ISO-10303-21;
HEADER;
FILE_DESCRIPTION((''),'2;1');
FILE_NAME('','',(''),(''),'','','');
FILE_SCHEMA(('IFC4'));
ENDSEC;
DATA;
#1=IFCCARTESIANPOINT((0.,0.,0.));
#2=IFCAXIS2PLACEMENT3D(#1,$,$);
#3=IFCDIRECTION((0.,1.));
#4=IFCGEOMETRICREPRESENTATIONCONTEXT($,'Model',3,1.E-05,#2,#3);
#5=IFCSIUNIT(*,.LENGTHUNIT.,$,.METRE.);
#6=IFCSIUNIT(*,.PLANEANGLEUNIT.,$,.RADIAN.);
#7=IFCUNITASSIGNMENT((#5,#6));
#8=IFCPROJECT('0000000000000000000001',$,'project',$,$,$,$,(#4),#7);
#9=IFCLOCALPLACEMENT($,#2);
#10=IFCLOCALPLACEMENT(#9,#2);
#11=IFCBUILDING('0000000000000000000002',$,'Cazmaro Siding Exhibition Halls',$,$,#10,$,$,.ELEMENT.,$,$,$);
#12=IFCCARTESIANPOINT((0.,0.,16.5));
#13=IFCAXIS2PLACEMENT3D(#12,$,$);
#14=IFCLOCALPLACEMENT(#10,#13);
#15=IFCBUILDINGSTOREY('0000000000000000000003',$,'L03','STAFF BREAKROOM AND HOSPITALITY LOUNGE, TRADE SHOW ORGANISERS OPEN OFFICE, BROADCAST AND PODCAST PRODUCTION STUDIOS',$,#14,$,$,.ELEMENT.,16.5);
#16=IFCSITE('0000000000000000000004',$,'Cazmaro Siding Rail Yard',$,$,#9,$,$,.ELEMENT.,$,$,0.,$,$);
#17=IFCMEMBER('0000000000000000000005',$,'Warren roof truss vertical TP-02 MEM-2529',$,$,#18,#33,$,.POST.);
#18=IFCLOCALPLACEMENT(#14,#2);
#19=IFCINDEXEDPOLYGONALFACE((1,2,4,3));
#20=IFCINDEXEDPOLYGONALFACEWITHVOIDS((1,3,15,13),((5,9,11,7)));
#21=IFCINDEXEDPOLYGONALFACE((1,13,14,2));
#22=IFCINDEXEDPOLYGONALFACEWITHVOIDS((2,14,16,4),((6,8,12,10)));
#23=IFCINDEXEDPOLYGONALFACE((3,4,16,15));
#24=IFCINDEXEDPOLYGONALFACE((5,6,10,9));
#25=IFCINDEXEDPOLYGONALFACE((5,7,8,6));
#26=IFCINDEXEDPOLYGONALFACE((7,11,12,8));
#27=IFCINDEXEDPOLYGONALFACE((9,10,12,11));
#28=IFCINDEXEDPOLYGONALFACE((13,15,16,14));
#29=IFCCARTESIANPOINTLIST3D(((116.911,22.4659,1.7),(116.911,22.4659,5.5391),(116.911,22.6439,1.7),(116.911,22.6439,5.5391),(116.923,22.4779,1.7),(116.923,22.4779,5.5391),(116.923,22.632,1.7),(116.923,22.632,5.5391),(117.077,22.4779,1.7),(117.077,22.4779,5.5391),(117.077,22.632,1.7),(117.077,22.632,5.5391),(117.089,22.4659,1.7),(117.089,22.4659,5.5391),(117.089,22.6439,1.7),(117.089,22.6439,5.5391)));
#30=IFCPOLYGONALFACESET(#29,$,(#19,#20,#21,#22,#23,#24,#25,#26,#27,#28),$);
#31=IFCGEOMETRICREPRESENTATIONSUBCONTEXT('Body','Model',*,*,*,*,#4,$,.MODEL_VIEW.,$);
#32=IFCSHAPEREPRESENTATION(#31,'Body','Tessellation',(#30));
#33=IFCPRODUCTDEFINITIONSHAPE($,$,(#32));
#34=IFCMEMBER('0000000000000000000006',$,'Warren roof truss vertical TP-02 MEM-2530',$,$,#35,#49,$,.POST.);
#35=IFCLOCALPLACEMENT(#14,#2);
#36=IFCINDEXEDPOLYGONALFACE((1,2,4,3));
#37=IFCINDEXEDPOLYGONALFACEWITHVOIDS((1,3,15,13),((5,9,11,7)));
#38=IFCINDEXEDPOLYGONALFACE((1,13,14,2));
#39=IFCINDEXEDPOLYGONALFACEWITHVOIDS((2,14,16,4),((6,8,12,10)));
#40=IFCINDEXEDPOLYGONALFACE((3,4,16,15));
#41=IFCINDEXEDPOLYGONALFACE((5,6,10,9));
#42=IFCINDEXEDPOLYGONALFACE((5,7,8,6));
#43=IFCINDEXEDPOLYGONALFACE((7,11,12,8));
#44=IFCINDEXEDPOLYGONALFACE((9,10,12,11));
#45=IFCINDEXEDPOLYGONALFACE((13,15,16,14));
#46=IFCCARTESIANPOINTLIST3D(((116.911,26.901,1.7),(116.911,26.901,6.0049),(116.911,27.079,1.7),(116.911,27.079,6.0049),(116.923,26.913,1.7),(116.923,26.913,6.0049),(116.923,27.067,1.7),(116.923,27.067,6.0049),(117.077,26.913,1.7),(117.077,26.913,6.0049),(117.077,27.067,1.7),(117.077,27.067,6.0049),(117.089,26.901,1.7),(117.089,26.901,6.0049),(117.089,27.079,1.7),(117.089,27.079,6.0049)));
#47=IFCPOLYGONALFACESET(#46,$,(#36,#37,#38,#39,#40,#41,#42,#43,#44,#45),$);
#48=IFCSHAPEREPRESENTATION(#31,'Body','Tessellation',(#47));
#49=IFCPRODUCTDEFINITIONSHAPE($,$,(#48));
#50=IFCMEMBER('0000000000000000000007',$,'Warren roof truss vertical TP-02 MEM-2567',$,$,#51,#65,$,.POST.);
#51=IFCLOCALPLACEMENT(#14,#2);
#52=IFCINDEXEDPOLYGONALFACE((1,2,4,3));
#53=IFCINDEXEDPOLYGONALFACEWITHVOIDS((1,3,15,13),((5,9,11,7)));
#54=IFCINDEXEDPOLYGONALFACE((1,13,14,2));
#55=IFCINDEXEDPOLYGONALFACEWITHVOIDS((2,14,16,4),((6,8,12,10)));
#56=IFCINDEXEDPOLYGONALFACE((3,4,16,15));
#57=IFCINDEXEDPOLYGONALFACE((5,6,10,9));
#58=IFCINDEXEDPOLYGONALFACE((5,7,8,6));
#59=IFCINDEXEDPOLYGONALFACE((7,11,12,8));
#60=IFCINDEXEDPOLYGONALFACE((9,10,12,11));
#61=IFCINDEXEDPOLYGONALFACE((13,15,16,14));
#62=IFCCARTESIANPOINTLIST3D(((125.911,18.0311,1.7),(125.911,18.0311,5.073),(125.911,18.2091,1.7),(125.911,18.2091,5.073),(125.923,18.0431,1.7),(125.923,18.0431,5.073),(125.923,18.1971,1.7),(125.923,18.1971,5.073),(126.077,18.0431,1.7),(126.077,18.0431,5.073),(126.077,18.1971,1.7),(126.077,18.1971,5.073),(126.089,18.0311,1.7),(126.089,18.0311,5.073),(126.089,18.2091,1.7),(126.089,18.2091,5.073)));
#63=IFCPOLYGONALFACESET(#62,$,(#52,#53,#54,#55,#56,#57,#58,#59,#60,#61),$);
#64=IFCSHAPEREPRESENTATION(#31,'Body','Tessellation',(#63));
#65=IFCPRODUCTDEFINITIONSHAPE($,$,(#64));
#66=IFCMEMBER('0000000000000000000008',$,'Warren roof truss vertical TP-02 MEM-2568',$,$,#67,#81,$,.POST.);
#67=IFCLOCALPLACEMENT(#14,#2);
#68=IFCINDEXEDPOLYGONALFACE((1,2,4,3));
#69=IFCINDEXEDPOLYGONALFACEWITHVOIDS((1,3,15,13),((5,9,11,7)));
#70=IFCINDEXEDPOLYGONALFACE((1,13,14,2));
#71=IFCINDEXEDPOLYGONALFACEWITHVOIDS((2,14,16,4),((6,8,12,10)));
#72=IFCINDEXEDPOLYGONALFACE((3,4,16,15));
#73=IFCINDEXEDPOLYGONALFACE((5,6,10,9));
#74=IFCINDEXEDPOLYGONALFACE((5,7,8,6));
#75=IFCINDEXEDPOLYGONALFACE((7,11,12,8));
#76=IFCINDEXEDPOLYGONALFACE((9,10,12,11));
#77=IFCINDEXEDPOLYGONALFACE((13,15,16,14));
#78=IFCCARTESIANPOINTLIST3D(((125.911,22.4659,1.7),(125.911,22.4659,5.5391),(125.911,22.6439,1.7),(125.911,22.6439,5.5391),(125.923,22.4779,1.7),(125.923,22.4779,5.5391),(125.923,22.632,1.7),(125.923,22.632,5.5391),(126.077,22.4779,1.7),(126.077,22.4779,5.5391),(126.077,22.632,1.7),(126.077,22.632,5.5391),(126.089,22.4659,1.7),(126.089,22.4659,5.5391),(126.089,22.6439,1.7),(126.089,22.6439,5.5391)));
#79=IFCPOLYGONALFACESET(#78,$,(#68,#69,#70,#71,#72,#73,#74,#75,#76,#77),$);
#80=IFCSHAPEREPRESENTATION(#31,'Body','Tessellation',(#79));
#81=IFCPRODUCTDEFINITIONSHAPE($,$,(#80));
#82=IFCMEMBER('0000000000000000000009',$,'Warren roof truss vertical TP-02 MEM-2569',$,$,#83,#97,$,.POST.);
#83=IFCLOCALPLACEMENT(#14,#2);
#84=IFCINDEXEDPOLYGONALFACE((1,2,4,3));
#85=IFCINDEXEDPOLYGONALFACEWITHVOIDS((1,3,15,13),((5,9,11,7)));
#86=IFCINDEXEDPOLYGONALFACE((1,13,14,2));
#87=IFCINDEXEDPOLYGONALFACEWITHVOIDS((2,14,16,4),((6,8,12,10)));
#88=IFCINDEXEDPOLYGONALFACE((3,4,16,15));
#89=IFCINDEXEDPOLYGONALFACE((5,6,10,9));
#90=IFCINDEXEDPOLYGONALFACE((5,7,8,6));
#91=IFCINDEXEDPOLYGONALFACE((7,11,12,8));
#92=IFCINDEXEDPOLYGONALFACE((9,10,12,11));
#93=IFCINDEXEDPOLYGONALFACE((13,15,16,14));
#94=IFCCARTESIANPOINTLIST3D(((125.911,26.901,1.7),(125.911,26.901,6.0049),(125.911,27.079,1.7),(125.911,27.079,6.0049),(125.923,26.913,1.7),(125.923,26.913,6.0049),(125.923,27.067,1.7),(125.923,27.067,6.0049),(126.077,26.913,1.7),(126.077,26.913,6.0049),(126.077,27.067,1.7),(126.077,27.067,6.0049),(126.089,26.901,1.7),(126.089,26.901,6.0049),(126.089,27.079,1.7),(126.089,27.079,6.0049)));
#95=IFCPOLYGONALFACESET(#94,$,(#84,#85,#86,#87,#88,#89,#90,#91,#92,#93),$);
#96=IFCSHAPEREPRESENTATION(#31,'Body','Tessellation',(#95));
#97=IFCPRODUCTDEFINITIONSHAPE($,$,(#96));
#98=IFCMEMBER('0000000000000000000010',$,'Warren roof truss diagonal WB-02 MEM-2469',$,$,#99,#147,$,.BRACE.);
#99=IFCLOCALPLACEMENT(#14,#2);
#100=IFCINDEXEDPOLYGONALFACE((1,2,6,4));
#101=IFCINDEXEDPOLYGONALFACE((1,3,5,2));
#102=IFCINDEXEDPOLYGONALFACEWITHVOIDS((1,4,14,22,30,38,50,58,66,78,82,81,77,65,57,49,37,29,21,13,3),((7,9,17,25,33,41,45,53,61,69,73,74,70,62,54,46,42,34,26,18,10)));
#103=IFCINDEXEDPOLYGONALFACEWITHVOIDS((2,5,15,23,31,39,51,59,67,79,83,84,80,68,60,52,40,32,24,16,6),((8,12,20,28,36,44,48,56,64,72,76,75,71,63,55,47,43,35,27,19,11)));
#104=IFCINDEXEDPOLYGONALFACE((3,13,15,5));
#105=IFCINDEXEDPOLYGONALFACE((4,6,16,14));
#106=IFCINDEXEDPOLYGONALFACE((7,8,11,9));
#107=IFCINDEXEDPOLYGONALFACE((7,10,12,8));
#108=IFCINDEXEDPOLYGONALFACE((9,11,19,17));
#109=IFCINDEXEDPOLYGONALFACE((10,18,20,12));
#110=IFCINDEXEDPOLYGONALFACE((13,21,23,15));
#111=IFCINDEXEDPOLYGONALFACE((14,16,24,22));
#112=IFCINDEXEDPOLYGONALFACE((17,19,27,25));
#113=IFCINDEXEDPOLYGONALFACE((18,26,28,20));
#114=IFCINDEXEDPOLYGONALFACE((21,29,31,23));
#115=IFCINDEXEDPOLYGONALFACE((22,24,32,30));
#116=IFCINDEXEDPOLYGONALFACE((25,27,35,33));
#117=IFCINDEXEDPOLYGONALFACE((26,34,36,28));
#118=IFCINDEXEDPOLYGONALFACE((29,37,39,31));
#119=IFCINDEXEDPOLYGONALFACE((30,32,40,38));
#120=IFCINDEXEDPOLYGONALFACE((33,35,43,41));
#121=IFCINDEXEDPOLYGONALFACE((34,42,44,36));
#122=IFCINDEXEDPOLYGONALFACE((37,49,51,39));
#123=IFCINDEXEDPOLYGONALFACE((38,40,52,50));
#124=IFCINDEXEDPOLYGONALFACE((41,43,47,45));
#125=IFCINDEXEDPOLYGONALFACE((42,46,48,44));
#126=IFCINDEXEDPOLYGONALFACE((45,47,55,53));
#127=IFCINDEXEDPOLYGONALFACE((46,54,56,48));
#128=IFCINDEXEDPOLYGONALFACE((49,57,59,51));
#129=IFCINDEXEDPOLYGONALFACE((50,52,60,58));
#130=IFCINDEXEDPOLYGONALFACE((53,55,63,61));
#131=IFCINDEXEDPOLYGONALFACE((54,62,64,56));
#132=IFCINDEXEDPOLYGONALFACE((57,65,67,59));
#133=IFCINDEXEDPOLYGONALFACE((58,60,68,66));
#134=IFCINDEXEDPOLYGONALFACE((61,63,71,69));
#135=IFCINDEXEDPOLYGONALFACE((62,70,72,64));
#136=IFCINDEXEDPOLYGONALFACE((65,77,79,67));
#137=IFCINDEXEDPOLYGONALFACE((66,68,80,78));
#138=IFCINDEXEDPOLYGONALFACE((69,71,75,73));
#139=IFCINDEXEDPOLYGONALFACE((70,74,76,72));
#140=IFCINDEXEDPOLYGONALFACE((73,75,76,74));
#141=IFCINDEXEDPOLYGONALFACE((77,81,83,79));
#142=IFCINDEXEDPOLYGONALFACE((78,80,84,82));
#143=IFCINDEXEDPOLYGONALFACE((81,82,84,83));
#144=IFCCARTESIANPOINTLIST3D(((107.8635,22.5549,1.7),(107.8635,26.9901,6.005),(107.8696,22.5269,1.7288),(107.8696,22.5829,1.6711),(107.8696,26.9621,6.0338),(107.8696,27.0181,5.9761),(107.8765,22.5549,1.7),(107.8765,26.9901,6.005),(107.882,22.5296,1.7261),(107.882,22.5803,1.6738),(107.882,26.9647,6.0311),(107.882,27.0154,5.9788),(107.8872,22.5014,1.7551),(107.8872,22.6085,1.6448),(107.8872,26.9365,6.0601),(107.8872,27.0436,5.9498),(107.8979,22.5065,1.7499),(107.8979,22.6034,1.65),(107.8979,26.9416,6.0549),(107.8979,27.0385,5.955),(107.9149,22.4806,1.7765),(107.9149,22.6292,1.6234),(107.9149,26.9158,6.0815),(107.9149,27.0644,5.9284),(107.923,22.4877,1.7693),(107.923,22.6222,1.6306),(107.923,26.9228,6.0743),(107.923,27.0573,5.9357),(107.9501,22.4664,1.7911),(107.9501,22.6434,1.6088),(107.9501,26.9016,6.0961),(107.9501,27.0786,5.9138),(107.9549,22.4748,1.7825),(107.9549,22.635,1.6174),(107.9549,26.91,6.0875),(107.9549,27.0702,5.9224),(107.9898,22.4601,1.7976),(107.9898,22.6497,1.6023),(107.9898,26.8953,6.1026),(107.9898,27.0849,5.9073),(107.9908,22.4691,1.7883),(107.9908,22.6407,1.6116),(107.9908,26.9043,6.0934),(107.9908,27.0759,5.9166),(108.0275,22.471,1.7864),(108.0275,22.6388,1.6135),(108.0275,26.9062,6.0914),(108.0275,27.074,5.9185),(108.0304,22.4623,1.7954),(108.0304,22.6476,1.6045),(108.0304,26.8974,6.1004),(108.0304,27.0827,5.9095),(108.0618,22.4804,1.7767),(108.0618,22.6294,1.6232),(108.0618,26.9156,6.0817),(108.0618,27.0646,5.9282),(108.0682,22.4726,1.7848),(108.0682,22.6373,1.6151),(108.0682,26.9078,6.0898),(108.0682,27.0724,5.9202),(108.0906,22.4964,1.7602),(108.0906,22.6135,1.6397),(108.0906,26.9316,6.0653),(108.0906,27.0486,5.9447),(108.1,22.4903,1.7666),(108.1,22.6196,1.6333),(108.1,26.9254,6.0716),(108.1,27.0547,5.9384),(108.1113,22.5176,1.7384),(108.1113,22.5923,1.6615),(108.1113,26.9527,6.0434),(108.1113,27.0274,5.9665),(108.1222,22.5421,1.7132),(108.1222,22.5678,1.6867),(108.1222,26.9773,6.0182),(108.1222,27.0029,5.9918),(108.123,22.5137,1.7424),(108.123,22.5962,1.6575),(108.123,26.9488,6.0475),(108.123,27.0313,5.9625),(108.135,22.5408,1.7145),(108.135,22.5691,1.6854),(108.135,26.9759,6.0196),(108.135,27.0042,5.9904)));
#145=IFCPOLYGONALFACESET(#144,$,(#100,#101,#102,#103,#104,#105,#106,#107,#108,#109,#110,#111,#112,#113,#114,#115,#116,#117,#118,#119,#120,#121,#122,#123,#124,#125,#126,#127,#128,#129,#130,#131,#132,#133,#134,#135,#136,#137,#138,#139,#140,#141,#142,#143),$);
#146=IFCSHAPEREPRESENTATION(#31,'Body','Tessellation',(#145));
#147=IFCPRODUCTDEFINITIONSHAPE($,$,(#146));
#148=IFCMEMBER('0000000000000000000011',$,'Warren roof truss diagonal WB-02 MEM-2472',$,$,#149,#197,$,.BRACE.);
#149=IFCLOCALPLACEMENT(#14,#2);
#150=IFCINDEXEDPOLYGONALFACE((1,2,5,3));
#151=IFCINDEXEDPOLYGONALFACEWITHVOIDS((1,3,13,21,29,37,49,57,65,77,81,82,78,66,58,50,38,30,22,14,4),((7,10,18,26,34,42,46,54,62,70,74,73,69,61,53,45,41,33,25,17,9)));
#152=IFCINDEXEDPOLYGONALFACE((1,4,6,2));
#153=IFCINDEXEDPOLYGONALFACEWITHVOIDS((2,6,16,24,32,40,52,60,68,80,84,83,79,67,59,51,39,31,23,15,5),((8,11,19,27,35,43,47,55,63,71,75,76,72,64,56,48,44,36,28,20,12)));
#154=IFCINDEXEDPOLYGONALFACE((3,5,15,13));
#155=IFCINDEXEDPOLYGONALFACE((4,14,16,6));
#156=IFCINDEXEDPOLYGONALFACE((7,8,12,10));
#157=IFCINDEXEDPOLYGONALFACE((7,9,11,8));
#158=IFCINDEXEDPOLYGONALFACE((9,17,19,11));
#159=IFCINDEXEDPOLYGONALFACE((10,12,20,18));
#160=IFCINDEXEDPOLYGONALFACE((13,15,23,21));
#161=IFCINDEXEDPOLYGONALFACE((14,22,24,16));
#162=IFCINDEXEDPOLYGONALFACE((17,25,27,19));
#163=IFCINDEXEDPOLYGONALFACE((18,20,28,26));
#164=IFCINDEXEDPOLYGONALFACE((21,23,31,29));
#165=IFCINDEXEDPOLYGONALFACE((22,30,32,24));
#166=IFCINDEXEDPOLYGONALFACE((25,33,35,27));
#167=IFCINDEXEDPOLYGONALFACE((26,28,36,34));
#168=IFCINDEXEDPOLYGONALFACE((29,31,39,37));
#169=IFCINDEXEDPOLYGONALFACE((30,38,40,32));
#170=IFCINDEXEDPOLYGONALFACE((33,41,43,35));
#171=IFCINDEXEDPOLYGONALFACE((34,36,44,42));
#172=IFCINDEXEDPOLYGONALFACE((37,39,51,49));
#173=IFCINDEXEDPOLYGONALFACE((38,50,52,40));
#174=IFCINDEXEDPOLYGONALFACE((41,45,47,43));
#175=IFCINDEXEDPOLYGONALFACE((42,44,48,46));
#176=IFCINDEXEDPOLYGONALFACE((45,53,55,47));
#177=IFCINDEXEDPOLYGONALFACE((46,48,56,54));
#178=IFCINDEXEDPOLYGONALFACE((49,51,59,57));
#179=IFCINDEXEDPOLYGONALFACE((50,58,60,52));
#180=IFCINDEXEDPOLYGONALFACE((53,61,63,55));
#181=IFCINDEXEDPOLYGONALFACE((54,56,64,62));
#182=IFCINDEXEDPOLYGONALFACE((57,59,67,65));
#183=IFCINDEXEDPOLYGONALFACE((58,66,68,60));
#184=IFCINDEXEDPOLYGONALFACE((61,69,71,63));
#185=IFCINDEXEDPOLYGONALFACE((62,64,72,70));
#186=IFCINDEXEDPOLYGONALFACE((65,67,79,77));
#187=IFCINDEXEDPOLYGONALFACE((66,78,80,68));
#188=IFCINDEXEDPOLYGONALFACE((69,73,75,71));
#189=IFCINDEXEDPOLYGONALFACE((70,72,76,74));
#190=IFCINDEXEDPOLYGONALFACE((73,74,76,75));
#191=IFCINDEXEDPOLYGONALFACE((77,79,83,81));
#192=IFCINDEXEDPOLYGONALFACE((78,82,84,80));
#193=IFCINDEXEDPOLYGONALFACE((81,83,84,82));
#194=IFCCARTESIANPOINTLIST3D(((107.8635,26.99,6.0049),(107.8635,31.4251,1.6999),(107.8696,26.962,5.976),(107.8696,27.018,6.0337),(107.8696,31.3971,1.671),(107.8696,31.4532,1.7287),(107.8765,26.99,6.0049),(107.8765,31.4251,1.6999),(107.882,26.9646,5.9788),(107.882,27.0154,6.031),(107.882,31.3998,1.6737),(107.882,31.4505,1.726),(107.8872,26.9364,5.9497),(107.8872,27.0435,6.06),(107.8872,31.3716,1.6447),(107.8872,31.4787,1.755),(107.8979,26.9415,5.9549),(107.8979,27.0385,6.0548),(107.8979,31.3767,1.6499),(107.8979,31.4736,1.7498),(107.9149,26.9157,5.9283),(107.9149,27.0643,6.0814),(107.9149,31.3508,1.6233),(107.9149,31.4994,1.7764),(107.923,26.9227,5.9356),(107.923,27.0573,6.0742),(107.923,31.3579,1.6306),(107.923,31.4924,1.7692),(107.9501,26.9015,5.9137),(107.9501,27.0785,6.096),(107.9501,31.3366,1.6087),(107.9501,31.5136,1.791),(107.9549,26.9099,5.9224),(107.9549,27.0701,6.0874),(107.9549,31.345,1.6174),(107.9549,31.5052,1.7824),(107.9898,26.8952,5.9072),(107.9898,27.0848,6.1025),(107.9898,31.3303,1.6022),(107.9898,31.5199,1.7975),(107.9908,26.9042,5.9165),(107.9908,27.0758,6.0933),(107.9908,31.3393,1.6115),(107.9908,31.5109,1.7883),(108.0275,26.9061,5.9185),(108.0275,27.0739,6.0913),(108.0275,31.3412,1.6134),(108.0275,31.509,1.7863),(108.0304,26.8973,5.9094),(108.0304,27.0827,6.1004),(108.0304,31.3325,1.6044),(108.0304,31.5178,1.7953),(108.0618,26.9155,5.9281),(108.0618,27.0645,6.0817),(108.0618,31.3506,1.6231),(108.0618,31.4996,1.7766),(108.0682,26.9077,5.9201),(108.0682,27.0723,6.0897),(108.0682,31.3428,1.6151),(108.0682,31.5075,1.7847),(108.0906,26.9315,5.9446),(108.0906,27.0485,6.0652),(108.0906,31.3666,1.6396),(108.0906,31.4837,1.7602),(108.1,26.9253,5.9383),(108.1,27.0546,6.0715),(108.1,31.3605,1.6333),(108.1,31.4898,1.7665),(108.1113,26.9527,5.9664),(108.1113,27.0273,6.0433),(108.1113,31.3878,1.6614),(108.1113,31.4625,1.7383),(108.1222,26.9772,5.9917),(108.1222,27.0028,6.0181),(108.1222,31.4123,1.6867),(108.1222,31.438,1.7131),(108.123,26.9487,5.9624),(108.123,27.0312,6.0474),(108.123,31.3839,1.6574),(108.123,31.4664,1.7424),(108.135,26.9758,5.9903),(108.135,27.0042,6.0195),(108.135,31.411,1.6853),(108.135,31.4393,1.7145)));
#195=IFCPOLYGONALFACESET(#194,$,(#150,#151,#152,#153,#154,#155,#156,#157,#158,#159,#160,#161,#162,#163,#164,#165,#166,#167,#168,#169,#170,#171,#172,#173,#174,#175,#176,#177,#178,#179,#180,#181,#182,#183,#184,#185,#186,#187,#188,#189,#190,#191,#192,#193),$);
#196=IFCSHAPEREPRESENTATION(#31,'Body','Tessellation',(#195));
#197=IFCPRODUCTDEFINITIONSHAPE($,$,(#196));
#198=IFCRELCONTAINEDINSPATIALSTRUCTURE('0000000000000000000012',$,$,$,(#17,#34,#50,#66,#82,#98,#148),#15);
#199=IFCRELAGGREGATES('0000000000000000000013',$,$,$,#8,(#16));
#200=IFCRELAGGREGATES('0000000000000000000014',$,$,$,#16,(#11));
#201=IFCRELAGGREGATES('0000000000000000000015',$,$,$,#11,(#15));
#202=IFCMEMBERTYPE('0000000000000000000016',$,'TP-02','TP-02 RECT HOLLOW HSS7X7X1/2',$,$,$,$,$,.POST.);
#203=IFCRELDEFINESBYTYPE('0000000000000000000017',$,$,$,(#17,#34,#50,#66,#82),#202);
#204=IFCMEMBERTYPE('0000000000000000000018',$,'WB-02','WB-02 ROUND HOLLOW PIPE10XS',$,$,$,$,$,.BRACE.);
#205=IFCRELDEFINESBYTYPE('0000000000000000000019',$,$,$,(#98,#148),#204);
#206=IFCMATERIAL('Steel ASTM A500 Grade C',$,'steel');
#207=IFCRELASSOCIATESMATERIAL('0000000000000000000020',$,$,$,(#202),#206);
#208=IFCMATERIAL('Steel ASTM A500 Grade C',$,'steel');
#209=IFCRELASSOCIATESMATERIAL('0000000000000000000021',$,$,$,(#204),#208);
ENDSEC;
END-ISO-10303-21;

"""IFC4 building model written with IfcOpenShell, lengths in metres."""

from ifc_helpers import new_model, si_unit, direction, frame, origin, origin_2d, place, context, subcontext, project, spatial, hollow_rectangle, hollow_circle, extrude, material, material_profile, profile_set, type_object, element, save


model = new_model("IFC4")

# Units and contexts
model_context = context("Model", 3, precision=1e-05, world=origin(), true_north=direction((0.0, 1.0)))
body_context = subcontext(model_context, "Body", "Model", "MODEL_VIEW")
ifc_project = project(units=[si_unit("LENGTHUNIT", "METRE"), si_unit("PLANEANGLEUNIT", "RADIAN")], contexts=[model_context])

# Site, building, storey
site_placement = place(None, origin())
site = spatial("IfcSite", under=ifc_project, at=site_placement, Name="Cazmaro Siding Rail Yard", CompositionType="ELEMENT", RefElevation=0.0)
building_placement = place(site_placement, origin())
building = spatial("IfcBuilding", under=site, at=building_placement, Name="Cazmaro Siding Exhibition Halls", CompositionType="ELEMENT")
storey_placement = place(building_placement, frame((0.0, 0.0, 16.5)))
storey = spatial("IfcBuildingStorey", under=building, at=storey_placement, Name="L03", Description="STAFF BREAKROOM AND HOSPITALITY LOUNGE, TRADE SHOW ORGANISERS OPEN OFFICE, BROADCAST AND PODCAST PRODUCTION STUDIOS", CompositionType="ELEMENT", Elevation=16.5)

# Members
ifc_material_1 = material(Name="Steel ASTM A500 Grade C", Category="steel")
ifc_material_profile_1 = material_profile(ifc_material_1, hollow_rectangle(XDim=0.178, YDim=0.178, WallThickness=0.012, at=origin_2d()), Name="HSS7X7X1/2")
ifc_profile_set_1 = profile_set([ifc_material_profile_1], Name="Steel ASTM A500 Grade C")
member_type_1 = type_object("IfcMemberType", Name="TP-02", Description="TP-02 RECT HOLLOW HSS7X7X1/2", PredefinedType="POST", material=ifc_profile_set_1)
member_1_placement = place(storey_placement, frame((117.0, 22.5549, 1.7), z_axis=(0.0, 0.0, 1.0), x_axis=(1.0, 0.0, 0.0)))
element("IfcMember", 1, at=member_1_placement, inside=storey, type_object=member_type_1, Name="Warren roof truss vertical TP-02 MEM-2529", PredefinedType="POST", context=body_context, shape_type="SweptSolid", body=[
    extrude(hollow_rectangle(XDim=0.178, YDim=0.178, WallThickness=0.012, at=origin_2d()), origin(), (0.0, 0.0, 1.0), 3.8391),
])
member_2_placement = place(storey_placement, frame((117.0, 26.99, 1.7), z_axis=(0.0, 0.0, 1.0), x_axis=(1.0, 0.0, 0.0)))
element("IfcMember", 2, at=member_2_placement, inside=storey, type_object=member_type_1, Name="Warren roof truss vertical TP-02 MEM-2530", PredefinedType="POST", context=body_context, shape_type="SweptSolid", body=[
    extrude(hollow_rectangle(XDim=0.178, YDim=0.178, WallThickness=0.012, at=origin_2d()), origin(), (0.0, 0.0, 1.0), 4.3049),
])
member_3_placement = place(storey_placement, frame((126.0, 18.1201, 1.7), z_axis=(0.0, 0.0, 1.0), x_axis=(1.0, 0.0, 0.0)))
element("IfcMember", 3, at=member_3_placement, inside=storey, type_object=member_type_1, Name="Warren roof truss vertical TP-02 MEM-2567", PredefinedType="POST", context=body_context, shape_type="SweptSolid", body=[
    extrude(hollow_rectangle(XDim=0.178, YDim=0.178, WallThickness=0.012, at=origin_2d()), origin(), (0.0, 0.0, 1.0), 3.373),
])
member_4_placement = place(storey_placement, frame((126.0, 22.5549, 1.7), z_axis=(0.0, 0.0, 1.0), x_axis=(1.0, 0.0, 0.0)))
element("IfcMember", 4, at=member_4_placement, inside=storey, type_object=member_type_1, Name="Warren roof truss vertical TP-02 MEM-2568", PredefinedType="POST", context=body_context, shape_type="SweptSolid", body=[
    extrude(hollow_rectangle(XDim=0.178, YDim=0.178, WallThickness=0.012, at=origin_2d()), origin(), (0.0, 0.0, 1.0), 3.8391),
])
member_5_placement = place(storey_placement, frame((126.0, 26.99, 1.7), z_axis=(0.0, 0.0, 1.0), x_axis=(1.0, 0.0, 0.0)))
element("IfcMember", 5, at=member_5_placement, inside=storey, type_object=member_type_1, Name="Warren roof truss vertical TP-02 MEM-2569", PredefinedType="POST", context=body_context, shape_type="SweptSolid", body=[
    extrude(hollow_rectangle(XDim=0.178, YDim=0.178, WallThickness=0.012, at=origin_2d()), origin(), (0.0, 0.0, 1.0), 4.3049),
])
ifc_material_2 = material(Name="Steel ASTM A500 Grade C", Category="steel")
ifc_material_profile_2 = material_profile(ifc_material_2, hollow_circle(Radius=0.1365, WallThickness=0.0129, at=origin_2d()), Name="PIPE10XS")
ifc_profile_set_2 = profile_set([ifc_material_profile_2], Name="Steel ASTM A500 Grade C")
member_type_2 = type_object("IfcMemberType", Name="WB-02", Description="WB-02 ROUND HOLLOW PIPE10XS", PredefinedType="BRACE", material=ifc_profile_set_2)
for number, where, z_axis, x_axis, name in (
    (6, (108.0, 22.5549, 1.7), (0.0, 0.717555, 0.696502), (-1.0, 0.0, 0.0), "Warren roof truss diagonal WB-02 MEM-2469"),
    (7, (108.0, 26.99, 6.0049), (0.0, 0.717555, -0.696502), (-1.0, 0.0, 0.0), "Warren roof truss diagonal WB-02 MEM-2472"),
):
    element("IfcMember", number, at=place(storey_placement, frame(where, z_axis=z_axis, x_axis=x_axis)), inside=storey, type_object=member_type_2, Name=name, PredefinedType="BRACE", context=body_context, shape_type="SweptSolid", body=[
        extrude(hollow_circle(Radius=0.1365, WallThickness=0.0129, at=origin_2d()), origin(), (0.0, 0.0, 1.0), 6.1809),
    ])

save(model, "model.ifc")
